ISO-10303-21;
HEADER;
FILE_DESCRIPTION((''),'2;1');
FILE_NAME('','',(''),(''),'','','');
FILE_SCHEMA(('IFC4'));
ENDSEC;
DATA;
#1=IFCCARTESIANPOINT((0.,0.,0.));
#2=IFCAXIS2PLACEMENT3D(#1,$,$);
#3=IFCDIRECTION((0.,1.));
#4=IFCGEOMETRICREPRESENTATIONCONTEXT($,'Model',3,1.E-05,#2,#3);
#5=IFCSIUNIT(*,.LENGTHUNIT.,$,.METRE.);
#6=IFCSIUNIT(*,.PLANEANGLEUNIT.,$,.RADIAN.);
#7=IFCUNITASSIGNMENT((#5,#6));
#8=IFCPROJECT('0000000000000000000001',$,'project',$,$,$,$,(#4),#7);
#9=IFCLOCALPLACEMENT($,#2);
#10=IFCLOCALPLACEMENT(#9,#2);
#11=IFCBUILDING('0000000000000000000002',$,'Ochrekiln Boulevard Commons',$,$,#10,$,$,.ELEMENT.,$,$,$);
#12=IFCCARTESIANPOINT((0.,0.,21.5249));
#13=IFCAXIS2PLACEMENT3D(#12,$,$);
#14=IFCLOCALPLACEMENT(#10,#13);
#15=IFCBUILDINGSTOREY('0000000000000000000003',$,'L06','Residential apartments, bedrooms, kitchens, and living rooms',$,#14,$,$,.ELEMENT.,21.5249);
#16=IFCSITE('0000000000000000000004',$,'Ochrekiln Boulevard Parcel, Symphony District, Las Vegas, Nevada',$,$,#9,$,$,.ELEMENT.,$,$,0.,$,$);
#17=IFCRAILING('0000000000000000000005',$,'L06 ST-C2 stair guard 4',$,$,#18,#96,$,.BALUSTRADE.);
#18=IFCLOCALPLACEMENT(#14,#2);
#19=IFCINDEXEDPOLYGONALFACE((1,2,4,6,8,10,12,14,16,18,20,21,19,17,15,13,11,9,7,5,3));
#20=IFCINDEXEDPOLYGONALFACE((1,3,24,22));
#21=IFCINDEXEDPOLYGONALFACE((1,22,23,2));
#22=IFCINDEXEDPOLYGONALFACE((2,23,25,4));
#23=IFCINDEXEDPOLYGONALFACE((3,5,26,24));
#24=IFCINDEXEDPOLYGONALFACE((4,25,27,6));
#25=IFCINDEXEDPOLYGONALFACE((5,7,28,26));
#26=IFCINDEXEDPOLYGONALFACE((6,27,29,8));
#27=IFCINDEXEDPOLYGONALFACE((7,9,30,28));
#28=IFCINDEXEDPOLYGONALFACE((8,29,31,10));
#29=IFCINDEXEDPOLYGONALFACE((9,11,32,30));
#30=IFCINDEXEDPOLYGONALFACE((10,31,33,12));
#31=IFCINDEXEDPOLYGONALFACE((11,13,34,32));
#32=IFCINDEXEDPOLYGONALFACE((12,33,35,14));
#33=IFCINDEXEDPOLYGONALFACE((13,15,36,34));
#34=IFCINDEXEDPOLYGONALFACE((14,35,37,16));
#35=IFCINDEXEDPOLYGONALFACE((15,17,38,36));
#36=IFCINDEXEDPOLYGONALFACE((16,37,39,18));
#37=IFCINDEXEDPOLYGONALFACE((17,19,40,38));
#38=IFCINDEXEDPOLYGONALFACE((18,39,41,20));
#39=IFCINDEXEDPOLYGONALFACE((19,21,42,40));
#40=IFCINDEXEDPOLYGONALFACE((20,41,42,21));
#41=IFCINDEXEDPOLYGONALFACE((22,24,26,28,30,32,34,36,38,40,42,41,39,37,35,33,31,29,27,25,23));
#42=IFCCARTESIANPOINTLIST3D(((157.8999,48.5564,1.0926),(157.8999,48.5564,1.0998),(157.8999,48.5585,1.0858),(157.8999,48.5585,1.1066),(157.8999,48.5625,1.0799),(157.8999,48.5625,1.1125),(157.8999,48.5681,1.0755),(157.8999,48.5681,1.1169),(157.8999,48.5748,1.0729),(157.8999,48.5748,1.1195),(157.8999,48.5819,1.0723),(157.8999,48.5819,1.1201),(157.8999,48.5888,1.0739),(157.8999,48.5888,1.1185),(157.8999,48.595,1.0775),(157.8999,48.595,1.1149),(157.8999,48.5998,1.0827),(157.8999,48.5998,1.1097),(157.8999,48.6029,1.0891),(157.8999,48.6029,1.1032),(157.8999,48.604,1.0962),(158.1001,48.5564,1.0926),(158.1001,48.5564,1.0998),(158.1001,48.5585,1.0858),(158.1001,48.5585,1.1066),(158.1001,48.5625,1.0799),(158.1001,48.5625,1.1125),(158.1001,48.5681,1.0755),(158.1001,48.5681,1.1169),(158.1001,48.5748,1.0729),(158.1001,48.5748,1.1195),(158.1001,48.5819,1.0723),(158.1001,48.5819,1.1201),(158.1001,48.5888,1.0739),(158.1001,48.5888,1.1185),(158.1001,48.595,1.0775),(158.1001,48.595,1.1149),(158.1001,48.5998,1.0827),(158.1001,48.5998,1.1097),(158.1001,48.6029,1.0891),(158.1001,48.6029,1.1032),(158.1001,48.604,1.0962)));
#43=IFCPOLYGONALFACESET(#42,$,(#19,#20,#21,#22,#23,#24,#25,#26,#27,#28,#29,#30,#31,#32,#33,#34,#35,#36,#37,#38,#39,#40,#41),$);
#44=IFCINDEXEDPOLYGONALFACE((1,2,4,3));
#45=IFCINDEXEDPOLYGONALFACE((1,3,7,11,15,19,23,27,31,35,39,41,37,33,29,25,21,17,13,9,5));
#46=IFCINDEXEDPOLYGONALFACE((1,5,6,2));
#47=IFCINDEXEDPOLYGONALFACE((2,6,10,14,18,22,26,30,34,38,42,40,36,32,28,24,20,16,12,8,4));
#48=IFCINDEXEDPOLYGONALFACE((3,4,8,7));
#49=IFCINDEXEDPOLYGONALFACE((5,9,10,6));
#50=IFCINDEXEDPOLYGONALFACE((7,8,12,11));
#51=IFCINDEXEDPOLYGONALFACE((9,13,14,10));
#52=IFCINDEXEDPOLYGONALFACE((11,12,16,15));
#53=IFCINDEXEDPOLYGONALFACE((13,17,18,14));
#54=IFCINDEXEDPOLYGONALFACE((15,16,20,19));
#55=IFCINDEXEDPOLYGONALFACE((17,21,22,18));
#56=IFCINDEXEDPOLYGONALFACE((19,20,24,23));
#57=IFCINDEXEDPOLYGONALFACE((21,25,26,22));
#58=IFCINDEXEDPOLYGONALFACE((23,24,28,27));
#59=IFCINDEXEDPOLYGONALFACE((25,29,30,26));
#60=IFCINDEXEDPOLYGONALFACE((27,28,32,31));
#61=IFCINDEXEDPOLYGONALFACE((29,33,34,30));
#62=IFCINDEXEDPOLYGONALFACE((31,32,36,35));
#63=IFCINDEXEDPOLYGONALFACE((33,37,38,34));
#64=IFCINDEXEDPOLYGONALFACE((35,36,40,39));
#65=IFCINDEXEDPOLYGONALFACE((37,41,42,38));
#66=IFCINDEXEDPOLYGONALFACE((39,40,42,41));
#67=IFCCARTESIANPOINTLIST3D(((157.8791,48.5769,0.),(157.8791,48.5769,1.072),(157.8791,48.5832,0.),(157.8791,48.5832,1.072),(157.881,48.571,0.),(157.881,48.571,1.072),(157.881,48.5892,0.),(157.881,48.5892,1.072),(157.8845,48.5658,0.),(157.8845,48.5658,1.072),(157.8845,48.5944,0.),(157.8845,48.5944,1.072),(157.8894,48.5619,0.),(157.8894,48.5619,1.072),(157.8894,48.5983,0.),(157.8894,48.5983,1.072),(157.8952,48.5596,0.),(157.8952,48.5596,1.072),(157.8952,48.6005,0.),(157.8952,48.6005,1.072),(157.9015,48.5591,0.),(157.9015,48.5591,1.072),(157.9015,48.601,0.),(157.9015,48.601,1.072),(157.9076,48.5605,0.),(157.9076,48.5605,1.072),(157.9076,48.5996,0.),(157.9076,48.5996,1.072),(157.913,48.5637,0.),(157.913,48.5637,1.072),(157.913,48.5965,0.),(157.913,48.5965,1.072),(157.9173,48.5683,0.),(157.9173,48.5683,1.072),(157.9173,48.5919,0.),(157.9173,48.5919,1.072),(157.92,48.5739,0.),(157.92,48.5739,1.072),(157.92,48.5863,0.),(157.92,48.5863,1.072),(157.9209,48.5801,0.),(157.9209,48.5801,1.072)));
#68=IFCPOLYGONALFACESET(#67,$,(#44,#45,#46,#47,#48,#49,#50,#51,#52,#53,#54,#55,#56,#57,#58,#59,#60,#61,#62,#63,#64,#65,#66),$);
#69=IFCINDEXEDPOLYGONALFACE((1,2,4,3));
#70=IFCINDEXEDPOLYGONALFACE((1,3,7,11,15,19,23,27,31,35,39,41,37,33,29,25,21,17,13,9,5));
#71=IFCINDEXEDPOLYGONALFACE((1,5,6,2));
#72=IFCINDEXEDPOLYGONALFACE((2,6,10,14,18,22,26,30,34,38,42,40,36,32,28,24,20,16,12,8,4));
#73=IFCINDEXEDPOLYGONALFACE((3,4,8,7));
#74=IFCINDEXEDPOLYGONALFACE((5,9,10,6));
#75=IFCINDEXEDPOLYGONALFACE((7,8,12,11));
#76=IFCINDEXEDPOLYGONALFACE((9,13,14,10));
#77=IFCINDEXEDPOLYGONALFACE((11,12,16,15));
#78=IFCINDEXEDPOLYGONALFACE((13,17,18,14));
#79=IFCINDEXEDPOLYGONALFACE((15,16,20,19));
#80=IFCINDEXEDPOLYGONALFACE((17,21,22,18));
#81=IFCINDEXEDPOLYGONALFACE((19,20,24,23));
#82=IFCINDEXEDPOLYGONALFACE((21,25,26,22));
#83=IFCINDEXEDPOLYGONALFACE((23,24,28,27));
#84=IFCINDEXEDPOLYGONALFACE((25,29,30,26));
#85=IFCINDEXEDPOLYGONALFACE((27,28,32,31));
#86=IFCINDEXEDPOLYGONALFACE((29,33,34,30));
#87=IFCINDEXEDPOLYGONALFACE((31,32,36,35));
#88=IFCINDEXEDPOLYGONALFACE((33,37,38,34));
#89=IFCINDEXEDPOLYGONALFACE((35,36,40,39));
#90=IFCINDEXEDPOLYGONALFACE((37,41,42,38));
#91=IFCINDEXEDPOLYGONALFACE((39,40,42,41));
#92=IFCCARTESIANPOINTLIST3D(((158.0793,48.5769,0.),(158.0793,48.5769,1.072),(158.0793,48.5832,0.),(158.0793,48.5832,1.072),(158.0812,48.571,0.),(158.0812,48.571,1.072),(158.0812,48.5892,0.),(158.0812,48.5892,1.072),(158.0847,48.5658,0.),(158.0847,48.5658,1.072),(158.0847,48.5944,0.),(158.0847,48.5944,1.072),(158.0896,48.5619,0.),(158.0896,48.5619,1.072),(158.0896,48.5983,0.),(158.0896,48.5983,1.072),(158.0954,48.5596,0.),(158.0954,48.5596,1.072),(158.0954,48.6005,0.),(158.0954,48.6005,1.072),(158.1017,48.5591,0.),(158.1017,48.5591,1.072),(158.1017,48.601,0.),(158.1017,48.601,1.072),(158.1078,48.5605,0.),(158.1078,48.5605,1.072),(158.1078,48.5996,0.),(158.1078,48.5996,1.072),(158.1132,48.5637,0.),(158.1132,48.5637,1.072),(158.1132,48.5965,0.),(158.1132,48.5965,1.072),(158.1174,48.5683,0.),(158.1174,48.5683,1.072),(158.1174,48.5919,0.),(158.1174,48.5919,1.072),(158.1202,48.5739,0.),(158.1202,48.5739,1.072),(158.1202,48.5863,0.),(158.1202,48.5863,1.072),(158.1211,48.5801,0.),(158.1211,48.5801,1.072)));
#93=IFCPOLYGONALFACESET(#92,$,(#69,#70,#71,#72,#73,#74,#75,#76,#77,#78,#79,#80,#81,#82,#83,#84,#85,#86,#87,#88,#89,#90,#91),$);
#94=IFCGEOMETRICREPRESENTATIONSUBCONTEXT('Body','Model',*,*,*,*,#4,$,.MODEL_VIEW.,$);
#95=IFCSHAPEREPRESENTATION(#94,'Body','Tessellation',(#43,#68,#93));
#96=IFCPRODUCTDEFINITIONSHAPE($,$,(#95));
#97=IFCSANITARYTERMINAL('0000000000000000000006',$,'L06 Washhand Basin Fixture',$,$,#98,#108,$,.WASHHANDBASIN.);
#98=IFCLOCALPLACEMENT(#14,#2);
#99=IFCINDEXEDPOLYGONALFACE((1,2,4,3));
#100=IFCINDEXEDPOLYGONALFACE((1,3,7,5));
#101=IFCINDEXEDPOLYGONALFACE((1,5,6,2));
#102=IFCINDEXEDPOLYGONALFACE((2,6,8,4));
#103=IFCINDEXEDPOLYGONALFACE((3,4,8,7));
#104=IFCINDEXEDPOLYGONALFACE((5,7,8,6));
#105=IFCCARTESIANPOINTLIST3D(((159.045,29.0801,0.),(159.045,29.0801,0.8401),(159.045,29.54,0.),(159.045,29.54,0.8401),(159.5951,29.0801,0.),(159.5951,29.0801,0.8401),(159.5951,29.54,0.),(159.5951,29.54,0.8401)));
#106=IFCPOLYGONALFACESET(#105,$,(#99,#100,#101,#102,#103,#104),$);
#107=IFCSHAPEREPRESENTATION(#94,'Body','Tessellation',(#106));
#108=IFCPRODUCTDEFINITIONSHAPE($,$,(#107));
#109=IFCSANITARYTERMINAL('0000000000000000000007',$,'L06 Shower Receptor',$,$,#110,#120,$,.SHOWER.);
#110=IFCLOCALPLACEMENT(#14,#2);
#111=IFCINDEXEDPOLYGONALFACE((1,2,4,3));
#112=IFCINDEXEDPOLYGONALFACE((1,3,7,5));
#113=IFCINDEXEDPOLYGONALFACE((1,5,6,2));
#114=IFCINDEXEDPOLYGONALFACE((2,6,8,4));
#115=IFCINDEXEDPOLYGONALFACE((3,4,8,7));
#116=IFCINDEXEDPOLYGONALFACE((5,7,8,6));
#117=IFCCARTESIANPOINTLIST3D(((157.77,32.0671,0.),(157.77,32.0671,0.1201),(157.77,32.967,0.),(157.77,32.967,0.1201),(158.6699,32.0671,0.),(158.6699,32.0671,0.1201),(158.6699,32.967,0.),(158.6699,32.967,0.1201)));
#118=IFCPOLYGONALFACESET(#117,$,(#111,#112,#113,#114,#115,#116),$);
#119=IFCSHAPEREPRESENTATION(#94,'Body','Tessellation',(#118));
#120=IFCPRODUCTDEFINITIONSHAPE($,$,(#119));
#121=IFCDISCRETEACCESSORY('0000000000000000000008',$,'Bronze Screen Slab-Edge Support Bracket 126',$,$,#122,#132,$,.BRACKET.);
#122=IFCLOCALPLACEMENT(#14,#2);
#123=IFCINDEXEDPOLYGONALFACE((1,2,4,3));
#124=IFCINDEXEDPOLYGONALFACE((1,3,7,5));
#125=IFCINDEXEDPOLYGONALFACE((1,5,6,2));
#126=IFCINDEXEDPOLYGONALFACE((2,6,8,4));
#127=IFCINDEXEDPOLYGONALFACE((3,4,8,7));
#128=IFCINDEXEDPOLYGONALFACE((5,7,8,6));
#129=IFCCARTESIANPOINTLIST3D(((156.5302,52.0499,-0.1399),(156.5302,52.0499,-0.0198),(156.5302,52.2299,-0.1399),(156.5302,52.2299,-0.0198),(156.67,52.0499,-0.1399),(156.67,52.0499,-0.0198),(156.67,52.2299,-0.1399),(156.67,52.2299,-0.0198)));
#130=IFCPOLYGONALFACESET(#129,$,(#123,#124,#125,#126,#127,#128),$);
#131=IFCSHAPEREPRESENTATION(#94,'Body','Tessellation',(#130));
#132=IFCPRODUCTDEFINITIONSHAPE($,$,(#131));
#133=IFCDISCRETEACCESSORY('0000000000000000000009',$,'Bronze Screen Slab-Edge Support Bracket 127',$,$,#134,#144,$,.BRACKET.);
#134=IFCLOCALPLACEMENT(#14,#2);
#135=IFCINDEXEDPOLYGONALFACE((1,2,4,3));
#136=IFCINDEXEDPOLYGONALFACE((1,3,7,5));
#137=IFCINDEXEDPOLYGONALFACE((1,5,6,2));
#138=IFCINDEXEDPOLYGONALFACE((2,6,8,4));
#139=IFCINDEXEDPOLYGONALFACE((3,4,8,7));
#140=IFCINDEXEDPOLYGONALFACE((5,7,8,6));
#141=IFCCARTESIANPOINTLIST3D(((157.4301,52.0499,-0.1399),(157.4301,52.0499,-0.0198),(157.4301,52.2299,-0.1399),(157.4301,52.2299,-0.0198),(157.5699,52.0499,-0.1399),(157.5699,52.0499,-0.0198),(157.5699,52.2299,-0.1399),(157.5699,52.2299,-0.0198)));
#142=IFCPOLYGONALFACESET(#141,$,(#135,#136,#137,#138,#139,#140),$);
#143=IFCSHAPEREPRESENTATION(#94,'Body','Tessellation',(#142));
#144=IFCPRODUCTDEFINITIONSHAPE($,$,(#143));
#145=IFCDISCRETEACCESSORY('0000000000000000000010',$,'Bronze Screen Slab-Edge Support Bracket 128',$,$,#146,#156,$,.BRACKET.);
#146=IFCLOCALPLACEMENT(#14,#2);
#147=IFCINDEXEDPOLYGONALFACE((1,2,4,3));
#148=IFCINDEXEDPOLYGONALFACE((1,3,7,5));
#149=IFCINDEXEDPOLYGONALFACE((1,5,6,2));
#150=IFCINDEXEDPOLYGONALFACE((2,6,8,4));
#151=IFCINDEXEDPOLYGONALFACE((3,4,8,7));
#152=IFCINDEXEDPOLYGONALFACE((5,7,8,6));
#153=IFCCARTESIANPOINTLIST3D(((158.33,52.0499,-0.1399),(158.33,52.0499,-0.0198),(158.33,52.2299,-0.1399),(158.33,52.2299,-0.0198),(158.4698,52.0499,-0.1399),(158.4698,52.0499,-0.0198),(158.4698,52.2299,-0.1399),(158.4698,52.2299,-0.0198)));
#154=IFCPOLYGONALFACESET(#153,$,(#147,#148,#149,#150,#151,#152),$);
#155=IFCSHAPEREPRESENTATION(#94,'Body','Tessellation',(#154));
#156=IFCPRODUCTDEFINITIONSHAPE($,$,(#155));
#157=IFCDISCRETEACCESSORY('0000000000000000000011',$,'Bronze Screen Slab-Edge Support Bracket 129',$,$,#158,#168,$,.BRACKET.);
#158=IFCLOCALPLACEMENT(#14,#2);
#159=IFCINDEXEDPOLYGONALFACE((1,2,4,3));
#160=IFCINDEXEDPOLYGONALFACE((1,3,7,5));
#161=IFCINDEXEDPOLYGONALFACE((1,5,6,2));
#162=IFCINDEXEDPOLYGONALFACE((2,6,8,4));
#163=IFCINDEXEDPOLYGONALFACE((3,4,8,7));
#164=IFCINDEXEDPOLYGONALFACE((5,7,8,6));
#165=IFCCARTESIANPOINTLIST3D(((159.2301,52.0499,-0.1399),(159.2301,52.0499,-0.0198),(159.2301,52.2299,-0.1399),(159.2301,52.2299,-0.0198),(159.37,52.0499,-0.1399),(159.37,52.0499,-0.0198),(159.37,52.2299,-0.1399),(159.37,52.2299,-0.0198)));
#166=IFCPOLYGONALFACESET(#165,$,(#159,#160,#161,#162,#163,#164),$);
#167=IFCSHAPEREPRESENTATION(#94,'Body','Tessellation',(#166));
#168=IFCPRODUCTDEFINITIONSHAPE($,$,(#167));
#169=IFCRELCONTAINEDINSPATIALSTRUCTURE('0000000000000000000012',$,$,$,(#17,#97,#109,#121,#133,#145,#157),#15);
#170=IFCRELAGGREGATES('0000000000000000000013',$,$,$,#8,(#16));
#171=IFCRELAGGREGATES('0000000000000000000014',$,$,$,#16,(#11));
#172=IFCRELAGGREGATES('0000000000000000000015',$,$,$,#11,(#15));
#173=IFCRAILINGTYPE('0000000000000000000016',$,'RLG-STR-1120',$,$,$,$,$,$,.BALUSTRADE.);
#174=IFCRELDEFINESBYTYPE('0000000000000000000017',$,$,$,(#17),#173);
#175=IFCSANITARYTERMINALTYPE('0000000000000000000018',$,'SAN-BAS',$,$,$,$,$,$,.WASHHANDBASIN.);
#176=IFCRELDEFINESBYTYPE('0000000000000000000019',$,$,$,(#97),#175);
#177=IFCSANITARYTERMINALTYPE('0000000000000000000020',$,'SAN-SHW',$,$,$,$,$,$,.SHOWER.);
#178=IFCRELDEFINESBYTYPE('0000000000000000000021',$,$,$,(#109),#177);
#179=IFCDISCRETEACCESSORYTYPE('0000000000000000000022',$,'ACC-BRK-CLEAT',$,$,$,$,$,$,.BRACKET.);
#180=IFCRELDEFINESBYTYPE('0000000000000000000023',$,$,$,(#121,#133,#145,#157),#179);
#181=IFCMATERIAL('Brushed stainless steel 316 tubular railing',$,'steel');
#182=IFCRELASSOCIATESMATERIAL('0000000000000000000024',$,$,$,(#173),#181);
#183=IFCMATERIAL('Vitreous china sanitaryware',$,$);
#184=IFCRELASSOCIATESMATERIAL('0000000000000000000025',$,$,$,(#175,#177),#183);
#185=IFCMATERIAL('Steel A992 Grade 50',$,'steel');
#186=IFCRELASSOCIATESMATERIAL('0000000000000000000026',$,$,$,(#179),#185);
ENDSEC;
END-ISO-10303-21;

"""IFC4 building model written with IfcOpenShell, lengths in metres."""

from ifc_helpers import new_model, si_unit, direction, frame, origin, origin_2d, place, context, subcontext, project, spatial, rectangle, circle, extrude, material, type_object, element, save


model = new_model("IFC4")

# Units and contexts
model_context = context("Model", 3, precision=1e-05, world=origin(), true_north=direction((0.0, 1.0)))
body_context = subcontext(model_context, "Body", "Model", "MODEL_VIEW")
ifc_project = project(units=[si_unit("LENGTHUNIT", "METRE"), si_unit("PLANEANGLEUNIT", "RADIAN")], contexts=[model_context])

# Site, building, storey
site_placement = place(None, origin())
site = spatial("IfcSite", under=ifc_project, at=site_placement, Name="Ochrekiln Boulevard Parcel, Symphony District, Las Vegas, Nevada", CompositionType="ELEMENT", RefElevation=0.0)
building_placement = place(site_placement, origin())
building = spatial("IfcBuilding", under=site, at=building_placement, Name="Ochrekiln Boulevard Commons", CompositionType="ELEMENT")
storey_placement = place(building_placement, frame((0.0, 0.0, 21.5249)))
storey = spatial("IfcBuildingStorey", under=building, at=storey_placement, Name="L06", Description="Residential apartments, bedrooms, kitchens, and living rooms", CompositionType="ELEMENT", Elevation=21.5249)

# Railing
ifc_material_1 = material(Name="Brushed stainless steel 316 tubular railing", Category="steel")
railing_type_1 = type_object("IfcRailingType", Name="RLG-STR-1120", PredefinedType="BALUSTRADE", material=ifc_material_1)
railing_1_placement = place(storey_placement, frame((157.8999, 48.5801, 0.0)))
element("IfcRailing", 1, at=railing_1_placement, inside=storey, type_object=railing_type_1, Name="L06 ST-C2 stair guard 4", PredefinedType="BALUSTRADE", context=body_context, shape_type="SweptSolid", body=[
    extrude(circle(Radius=0.0239, at=origin_2d()), frame((0.0, 0.0, 1.0962), z_axis=(1.0, 0.0, 0.0), x_axis=(0.0, 1.0, 0.0)), (0.0, 0.0, 1.0), 0.2002),
    extrude(circle(Radius=0.021, at=origin_2d()), origin(), (0.0, 0.0, 1.0), 1.072),
    extrude(circle(Radius=0.021, at=origin_2d()), frame((0.2002, 0.0, 0.0)), (0.0, 0.0, 1.0), 1.072),
])

# Sanitary terminals
ifc_material_2 = material(Name="Vitreous china sanitaryware")
sanitary_terminal_type_1 = type_object("IfcSanitaryTerminalType", Name="SAN-BAS", PredefinedType="WASHHANDBASIN", material=ifc_material_2)
sanitary_terminal_1_placement = place(storey_placement, frame((159.3201, 29.3101, 0.0), z_axis=(0.0, 0.0, 1.0), x_axis=(1.0, 0.0, 0.0)))
element("IfcSanitaryTerminal", 2, at=sanitary_terminal_1_placement, inside=storey, type_object=sanitary_terminal_type_1, Name="L06 Washhand Basin Fixture", PredefinedType="WASHHANDBASIN", context=body_context, shape_type="SweptSolid", body=[
    extrude(rectangle(XDim=0.55, YDim=0.46, at=origin_2d()), origin(), (0.0, 0.0, 1.0), 0.8401),
])
sanitary_terminal_type_2 = type_object("IfcSanitaryTerminalType", Name="SAN-SHW", PredefinedType="SHOWER", material=ifc_material_2)
sanitary_terminal_2_placement = place(storey_placement, frame((158.22, 32.5171, 0.0), z_axis=(0.0, 0.0, 1.0), x_axis=(1.0, 0.0, 0.0)))
element("IfcSanitaryTerminal", 3, at=sanitary_terminal_2_placement, inside=storey, type_object=sanitary_terminal_type_2, Name="L06 Shower Receptor", PredefinedType="SHOWER", context=body_context, shape_type="SweptSolid", body=[
    extrude(rectangle(XDim=0.8999, YDim=0.8999, at=origin_2d()), origin(), (0.0, 0.0, 1.0), 0.1201),
])

# Discrete accessories
ifc_material_3 = material(Name="Steel A992 Grade 50", Category="steel")
discrete_accessory_type = type_object("IfcDiscreteAccessoryType", Name="ACC-BRK-CLEAT", PredefinedType="BRACKET", material=ifc_material_3)
for number, where, z_axis, x_axis, name in (
    (4, (156.6001, 52.1399, -0.1399), (0.0, 0.0, 1.0), (1.0, 0.0, 0.0), "Bronze Screen Slab-Edge Support Bracket 126"),
    (5, (157.5, 52.1399, -0.1399), (0.0, 0.0, 1.0), (1.0, 0.0, 0.0), "Bronze Screen Slab-Edge Support Bracket 127"),
    (6, (158.3999, 52.1399, -0.1399), (0.0, 0.0, 1.0), (1.0, 0.0, 0.0), "Bronze Screen Slab-Edge Support Bracket 128"),
    (7, (159.3, 52.1399, -0.1399), (0.0, 0.0, 1.0), (1.0, 0.0, 0.0), "Bronze Screen Slab-Edge Support Bracket 129"),
):
    element("IfcDiscreteAccessory", number, at=place(storey_placement, frame(where, z_axis=z_axis, x_axis=x_axis)), inside=storey, type_object=discrete_accessory_type, Name=name, PredefinedType="BRACKET", context=body_context, shape_type="SweptSolid", body=[
        extrude(rectangle(XDim=0.1399, YDim=0.1799, at=origin_2d()), origin(), (0.0, 0.0, 1.0), 0.1201),
    ])

save(model, "model.ifc")
